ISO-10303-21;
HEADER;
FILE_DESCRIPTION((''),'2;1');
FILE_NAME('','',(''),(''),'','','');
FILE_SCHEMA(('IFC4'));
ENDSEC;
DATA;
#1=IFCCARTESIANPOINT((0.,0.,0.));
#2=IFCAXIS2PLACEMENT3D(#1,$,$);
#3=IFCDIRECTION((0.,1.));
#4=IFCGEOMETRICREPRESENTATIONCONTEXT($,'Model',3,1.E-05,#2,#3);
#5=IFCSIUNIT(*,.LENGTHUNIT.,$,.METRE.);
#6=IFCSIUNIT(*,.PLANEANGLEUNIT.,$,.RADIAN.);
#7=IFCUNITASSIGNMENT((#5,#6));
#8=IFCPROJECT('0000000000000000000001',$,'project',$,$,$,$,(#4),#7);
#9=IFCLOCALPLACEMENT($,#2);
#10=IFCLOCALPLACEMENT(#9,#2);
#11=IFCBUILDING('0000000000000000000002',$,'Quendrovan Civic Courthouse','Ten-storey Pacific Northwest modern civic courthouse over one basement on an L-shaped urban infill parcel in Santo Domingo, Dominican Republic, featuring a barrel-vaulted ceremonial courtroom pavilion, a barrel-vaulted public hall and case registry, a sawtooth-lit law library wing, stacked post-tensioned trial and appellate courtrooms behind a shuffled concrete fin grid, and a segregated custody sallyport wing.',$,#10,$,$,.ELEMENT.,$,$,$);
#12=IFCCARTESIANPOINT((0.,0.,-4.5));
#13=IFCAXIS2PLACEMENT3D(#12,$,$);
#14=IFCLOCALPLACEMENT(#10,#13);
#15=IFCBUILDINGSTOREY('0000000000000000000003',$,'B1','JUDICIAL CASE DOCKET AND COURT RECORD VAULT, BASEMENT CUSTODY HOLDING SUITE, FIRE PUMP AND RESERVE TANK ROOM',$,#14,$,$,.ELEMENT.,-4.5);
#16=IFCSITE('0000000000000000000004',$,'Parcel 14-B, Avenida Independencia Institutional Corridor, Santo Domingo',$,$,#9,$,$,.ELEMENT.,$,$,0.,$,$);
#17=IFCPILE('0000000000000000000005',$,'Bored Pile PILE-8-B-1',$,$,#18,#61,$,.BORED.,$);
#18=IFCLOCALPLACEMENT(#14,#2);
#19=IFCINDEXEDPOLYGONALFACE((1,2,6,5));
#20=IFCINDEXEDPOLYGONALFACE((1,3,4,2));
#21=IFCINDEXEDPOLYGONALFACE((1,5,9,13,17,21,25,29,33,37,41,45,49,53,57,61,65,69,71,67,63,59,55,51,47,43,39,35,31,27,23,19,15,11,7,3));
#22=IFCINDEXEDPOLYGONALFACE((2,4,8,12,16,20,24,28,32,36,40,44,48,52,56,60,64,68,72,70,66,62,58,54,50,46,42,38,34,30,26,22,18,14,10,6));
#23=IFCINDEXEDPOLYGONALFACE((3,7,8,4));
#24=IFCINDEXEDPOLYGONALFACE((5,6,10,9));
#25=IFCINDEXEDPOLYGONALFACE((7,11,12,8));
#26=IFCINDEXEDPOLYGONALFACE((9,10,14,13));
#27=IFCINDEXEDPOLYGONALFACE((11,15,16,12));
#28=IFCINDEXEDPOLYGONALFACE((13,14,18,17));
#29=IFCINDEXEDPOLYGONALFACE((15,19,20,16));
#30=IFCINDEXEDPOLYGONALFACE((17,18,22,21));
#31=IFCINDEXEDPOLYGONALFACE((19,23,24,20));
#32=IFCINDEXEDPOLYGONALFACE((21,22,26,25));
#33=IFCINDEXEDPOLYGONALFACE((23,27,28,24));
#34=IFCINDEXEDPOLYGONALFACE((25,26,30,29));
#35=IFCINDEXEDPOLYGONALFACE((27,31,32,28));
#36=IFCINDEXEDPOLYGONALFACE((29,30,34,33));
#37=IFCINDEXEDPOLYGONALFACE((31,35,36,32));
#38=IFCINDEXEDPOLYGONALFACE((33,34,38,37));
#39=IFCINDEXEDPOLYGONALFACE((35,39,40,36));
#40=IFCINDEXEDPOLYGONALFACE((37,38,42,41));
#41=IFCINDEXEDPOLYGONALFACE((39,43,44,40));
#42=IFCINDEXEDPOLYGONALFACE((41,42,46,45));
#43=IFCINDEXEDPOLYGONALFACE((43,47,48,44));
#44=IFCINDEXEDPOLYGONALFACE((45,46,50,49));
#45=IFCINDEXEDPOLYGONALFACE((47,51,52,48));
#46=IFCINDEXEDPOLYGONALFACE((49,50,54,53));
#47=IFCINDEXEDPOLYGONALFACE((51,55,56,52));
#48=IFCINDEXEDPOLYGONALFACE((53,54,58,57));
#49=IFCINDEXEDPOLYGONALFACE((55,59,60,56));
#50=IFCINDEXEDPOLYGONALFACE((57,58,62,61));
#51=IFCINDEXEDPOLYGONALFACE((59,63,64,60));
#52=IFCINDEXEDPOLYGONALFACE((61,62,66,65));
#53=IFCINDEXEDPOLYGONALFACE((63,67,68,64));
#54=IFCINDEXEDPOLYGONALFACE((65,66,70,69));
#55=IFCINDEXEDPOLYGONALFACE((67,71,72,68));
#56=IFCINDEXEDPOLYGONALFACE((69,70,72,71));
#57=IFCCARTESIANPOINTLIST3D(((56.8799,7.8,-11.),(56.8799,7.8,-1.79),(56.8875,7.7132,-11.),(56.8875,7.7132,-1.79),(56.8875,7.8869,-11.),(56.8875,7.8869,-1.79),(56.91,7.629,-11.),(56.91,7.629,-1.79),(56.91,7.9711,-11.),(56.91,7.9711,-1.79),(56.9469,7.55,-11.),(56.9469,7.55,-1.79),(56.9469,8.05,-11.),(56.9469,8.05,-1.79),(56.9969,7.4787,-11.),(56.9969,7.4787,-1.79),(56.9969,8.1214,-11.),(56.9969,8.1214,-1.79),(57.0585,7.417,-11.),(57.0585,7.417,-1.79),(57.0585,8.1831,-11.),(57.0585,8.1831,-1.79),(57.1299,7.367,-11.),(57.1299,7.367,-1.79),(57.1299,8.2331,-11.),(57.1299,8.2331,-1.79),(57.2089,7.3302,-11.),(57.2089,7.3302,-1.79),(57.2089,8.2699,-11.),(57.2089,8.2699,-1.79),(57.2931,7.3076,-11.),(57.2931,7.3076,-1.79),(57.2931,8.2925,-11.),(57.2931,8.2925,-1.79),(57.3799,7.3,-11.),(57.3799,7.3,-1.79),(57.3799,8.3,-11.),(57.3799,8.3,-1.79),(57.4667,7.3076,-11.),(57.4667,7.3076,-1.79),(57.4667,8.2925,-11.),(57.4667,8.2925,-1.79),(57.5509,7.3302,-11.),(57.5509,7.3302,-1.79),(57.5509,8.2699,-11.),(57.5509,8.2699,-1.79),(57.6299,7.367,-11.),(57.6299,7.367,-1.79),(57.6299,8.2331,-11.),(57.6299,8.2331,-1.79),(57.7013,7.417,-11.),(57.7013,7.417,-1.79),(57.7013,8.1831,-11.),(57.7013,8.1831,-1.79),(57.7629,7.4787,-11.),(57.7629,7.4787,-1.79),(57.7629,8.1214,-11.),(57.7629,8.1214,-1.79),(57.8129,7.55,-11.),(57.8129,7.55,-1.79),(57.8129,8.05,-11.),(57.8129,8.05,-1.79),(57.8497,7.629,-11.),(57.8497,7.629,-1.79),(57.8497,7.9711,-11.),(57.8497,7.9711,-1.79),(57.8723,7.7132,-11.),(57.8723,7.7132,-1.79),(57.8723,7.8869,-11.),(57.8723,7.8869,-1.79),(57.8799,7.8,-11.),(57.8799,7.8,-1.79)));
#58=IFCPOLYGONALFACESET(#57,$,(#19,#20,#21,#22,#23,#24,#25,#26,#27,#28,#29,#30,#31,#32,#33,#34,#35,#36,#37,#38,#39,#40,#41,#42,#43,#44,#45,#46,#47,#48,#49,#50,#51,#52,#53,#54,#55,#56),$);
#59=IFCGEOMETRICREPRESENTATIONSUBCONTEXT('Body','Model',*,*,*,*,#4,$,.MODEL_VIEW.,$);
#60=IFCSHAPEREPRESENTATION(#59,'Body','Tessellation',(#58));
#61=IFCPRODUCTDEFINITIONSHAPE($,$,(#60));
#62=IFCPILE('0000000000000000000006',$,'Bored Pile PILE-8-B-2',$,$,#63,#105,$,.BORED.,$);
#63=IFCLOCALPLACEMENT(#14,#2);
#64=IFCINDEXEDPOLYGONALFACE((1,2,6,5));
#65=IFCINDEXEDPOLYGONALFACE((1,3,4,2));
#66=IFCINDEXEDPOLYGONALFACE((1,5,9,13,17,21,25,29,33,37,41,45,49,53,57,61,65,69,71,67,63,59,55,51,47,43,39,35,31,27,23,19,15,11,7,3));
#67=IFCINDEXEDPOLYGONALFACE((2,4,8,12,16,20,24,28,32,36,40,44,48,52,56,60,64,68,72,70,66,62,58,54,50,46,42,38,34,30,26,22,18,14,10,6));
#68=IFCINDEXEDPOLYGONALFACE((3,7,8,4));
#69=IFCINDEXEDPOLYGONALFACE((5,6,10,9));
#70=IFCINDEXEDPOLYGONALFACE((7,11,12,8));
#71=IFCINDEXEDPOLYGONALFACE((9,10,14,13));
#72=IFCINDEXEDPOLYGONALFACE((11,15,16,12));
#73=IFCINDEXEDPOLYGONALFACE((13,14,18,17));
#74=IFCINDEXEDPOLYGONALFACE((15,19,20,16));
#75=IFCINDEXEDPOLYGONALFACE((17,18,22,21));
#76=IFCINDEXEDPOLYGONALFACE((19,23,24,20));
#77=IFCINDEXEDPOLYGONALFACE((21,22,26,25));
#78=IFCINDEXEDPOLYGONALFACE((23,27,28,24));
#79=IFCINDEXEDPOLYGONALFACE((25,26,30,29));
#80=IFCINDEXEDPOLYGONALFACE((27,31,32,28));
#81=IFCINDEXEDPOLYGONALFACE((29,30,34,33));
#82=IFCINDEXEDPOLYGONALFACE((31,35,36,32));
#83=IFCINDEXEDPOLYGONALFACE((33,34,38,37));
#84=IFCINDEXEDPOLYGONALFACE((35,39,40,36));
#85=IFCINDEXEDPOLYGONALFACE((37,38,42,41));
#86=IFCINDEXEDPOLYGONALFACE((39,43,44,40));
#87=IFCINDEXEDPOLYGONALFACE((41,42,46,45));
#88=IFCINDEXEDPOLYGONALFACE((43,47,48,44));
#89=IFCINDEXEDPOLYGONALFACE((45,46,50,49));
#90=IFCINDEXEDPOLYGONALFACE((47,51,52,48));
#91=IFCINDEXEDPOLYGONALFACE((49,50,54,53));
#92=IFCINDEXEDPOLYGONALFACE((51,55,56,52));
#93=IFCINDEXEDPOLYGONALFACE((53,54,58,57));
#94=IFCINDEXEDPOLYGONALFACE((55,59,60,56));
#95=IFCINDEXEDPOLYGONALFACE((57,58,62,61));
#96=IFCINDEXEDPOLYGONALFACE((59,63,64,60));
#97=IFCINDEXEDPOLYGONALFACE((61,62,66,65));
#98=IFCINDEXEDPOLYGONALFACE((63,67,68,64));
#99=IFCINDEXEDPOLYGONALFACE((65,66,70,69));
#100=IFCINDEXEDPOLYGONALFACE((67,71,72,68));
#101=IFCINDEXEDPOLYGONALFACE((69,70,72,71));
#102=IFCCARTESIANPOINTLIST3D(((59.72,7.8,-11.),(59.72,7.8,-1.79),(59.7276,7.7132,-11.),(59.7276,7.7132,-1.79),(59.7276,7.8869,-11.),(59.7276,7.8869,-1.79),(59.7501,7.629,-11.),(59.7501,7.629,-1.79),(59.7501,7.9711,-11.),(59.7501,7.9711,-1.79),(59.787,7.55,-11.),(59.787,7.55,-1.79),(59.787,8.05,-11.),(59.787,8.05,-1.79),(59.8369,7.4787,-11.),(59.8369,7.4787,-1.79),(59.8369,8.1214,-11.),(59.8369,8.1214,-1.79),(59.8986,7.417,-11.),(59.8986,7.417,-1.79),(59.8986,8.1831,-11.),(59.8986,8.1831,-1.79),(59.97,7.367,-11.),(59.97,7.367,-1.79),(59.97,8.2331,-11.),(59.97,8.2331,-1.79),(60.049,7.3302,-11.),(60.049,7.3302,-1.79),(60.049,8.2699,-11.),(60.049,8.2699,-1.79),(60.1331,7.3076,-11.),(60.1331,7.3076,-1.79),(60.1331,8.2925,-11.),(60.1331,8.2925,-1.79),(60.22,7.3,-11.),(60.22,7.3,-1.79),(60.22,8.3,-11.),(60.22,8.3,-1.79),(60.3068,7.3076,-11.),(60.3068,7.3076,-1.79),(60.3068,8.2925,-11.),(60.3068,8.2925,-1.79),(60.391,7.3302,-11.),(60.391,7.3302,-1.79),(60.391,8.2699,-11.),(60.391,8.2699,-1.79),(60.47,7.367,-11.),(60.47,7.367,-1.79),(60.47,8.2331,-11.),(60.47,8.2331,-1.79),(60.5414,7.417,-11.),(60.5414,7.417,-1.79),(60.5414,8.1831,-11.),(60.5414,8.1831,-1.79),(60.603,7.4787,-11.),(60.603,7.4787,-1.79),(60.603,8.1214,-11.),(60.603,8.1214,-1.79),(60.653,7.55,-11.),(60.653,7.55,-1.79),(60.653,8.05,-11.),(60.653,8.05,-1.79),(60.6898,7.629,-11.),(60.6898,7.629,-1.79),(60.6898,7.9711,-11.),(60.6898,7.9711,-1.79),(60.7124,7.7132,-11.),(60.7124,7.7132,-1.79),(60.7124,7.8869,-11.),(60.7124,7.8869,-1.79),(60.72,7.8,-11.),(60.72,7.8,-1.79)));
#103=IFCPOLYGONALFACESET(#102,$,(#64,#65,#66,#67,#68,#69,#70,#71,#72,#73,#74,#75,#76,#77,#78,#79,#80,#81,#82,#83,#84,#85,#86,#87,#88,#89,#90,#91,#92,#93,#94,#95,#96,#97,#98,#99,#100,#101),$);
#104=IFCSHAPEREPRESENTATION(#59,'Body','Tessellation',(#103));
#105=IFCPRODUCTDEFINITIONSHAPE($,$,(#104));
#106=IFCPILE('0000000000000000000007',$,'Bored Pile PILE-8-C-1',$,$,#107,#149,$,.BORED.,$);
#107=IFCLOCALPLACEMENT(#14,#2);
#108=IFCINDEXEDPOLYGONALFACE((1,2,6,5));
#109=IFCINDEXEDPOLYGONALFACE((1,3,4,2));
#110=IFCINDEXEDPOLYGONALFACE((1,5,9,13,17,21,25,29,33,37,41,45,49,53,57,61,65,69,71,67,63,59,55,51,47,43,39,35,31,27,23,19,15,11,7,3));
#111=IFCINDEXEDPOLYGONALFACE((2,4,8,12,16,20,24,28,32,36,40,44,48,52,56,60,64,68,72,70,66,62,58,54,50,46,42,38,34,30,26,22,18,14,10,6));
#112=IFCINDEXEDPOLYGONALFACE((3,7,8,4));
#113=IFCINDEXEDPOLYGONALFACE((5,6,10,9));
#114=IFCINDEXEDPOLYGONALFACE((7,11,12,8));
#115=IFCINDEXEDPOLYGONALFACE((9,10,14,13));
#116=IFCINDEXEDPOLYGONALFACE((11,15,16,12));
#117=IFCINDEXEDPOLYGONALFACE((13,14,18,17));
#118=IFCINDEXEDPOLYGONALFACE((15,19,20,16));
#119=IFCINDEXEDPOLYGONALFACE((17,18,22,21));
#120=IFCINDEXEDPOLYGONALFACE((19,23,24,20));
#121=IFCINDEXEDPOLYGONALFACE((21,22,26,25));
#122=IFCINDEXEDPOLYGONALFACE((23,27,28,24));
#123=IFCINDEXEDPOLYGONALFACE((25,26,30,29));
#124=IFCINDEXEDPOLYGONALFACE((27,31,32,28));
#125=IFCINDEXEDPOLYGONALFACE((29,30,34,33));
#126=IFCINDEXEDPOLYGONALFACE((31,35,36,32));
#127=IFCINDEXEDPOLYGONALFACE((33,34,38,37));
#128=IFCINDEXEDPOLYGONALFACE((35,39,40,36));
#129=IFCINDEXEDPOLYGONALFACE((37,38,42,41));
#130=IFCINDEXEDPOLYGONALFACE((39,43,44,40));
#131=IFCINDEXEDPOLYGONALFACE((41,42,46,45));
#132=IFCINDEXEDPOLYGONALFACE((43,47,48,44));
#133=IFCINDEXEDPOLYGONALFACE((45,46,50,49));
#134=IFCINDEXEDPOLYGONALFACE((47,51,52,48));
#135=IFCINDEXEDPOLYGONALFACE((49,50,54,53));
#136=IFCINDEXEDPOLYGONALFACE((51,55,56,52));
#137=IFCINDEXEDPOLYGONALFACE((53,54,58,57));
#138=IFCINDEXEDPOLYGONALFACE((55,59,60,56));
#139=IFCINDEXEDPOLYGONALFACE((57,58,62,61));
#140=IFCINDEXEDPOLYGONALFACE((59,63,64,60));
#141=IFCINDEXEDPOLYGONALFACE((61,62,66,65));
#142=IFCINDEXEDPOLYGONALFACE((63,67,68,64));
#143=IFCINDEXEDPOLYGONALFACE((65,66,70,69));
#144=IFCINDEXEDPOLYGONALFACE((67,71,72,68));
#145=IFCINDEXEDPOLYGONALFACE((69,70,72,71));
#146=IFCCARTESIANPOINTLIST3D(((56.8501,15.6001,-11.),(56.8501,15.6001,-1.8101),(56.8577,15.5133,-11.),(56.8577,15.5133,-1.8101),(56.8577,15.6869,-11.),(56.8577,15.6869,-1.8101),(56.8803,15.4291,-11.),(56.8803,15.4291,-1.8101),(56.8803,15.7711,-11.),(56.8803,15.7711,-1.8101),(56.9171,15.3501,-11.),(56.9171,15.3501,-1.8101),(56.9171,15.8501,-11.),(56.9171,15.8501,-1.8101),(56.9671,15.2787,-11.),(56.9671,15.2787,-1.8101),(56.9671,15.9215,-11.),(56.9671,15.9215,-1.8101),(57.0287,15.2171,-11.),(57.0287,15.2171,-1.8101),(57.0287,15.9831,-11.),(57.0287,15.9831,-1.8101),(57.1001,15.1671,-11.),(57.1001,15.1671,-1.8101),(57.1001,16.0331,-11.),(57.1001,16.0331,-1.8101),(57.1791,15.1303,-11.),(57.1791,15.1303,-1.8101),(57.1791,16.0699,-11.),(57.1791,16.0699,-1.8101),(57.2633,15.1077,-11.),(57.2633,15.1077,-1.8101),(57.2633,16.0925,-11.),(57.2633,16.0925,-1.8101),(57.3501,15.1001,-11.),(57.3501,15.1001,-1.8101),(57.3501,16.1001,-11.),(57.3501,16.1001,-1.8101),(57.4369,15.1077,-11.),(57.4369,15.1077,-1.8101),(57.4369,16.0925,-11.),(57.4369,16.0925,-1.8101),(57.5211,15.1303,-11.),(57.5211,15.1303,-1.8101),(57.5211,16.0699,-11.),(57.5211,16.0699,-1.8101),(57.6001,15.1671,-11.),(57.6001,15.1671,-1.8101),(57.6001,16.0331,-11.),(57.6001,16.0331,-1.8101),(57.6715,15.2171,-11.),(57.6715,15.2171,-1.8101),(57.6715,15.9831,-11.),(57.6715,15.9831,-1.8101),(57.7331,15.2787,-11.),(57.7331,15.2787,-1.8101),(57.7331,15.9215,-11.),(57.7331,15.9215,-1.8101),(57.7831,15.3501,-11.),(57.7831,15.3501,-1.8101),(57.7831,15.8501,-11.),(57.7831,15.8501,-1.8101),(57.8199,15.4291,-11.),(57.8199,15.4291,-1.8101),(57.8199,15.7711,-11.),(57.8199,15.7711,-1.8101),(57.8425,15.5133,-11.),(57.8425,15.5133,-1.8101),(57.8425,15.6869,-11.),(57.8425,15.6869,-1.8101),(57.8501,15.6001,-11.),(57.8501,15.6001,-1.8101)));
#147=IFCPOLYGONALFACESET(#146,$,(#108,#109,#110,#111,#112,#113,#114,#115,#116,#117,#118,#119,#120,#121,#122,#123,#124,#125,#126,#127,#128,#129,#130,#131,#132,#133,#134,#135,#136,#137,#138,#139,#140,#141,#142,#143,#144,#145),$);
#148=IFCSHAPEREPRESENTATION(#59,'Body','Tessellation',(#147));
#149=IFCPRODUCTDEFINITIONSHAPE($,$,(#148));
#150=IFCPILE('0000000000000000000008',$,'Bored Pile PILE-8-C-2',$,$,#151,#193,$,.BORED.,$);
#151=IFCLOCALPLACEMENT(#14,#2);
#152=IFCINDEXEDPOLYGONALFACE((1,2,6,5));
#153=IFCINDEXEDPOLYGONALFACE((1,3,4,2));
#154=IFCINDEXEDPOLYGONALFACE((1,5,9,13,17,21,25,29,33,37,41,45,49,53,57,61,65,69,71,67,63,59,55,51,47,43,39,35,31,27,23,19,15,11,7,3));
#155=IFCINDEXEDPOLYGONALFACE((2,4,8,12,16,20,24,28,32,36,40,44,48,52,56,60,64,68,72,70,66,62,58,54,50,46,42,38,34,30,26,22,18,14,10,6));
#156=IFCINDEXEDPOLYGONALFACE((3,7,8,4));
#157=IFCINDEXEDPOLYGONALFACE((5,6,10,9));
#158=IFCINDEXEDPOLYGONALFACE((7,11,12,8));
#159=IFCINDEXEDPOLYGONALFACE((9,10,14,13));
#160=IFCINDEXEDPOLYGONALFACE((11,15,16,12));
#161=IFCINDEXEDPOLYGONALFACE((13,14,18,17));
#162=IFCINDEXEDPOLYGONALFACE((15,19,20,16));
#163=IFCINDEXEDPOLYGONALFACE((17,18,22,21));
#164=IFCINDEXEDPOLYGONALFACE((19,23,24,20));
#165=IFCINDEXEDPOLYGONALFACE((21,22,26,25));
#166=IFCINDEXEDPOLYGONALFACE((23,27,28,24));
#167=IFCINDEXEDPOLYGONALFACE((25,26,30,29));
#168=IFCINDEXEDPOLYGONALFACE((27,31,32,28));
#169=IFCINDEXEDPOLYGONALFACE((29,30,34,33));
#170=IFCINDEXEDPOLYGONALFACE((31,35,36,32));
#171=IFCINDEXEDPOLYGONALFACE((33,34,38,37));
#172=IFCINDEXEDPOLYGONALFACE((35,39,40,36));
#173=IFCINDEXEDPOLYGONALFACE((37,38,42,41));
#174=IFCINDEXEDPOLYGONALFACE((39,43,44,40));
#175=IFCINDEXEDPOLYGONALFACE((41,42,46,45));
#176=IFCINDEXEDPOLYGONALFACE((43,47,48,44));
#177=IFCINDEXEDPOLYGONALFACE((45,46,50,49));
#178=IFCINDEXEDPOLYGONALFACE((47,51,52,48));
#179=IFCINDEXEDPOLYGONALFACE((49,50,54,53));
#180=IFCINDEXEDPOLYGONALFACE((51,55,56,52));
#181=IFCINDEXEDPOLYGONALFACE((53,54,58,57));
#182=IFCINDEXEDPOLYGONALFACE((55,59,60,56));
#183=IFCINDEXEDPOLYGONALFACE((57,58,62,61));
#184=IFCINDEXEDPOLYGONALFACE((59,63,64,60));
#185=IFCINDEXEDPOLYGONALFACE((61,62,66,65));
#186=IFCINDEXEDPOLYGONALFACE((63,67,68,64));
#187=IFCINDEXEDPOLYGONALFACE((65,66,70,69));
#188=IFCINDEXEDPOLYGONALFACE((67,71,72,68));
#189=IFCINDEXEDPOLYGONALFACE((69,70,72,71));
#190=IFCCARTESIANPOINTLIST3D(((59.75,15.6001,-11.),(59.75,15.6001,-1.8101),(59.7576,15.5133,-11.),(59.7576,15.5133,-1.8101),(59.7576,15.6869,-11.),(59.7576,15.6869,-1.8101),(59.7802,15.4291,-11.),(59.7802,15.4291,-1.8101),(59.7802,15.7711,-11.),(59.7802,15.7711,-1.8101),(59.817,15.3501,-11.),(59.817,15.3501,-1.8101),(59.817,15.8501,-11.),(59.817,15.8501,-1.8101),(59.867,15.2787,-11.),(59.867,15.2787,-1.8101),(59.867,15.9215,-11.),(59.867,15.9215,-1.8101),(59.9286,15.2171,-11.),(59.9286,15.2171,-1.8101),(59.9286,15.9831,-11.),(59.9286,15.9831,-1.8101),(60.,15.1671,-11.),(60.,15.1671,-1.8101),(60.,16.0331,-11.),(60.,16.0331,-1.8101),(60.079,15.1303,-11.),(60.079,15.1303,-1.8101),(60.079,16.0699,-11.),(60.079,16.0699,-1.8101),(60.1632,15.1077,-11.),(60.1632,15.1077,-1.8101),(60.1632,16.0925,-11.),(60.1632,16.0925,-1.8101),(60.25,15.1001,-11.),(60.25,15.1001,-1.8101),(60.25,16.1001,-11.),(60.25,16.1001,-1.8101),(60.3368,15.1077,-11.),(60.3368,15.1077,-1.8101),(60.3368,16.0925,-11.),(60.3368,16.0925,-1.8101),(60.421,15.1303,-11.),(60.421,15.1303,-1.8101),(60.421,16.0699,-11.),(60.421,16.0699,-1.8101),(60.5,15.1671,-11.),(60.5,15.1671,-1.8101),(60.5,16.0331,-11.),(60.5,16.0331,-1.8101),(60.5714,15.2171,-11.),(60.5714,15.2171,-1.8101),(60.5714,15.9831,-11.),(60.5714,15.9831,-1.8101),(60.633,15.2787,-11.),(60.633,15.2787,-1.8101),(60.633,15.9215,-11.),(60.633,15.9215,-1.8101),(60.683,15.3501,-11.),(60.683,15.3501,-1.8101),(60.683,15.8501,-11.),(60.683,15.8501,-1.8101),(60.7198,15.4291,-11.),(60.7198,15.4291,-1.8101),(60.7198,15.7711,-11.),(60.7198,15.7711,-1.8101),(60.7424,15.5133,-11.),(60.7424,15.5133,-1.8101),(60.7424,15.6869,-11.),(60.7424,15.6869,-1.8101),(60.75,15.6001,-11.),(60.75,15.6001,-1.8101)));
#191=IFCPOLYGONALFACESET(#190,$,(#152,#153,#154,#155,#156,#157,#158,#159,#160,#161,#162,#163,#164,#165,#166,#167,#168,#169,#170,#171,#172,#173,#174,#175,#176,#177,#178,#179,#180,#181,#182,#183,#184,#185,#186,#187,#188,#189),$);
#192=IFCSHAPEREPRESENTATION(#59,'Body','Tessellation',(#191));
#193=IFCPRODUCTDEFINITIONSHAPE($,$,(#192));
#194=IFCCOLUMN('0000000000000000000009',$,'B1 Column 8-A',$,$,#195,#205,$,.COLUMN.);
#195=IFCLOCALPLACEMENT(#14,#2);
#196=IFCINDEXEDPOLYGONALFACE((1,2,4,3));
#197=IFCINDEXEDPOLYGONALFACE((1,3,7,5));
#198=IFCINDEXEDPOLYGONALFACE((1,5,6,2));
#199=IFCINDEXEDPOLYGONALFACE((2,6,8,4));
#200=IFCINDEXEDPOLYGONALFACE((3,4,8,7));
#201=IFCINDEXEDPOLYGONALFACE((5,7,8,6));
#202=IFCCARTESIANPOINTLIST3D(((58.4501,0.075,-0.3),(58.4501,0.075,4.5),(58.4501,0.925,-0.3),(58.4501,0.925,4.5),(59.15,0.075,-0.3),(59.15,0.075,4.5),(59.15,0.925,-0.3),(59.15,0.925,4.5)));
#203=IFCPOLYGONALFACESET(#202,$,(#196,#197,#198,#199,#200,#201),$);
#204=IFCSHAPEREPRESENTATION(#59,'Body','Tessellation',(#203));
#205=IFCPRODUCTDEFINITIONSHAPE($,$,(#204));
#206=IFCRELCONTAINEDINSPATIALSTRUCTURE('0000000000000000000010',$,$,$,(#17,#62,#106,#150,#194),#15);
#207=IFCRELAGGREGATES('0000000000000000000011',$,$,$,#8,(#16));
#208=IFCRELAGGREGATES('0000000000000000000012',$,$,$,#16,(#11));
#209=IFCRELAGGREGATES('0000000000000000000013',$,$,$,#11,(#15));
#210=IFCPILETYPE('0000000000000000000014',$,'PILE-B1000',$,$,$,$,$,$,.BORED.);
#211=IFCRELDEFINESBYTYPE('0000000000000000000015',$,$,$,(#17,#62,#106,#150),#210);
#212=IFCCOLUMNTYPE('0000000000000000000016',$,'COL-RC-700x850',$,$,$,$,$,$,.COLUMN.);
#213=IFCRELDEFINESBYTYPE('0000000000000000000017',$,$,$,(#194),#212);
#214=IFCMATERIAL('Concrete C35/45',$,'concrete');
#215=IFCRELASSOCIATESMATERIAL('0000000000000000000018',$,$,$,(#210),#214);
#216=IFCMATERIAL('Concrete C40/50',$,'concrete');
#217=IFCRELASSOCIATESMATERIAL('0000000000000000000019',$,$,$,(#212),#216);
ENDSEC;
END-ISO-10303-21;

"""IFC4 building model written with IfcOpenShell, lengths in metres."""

from ifc_helpers import new_model, si_unit, direction, frame, origin, origin_2d, place, context, subcontext, project, spatial, rectangle, circle, extrude, material, material_profile, profile_set, type_object, element, save


model = new_model("IFC4")

# Units and contexts
model_context = context("Model", 3, precision=1e-05, world=origin(), true_north=direction((0.0, 1.0)))
body_context = subcontext(model_context, "Body", "Model", "MODEL_VIEW")
ifc_project = project(units=[si_unit("LENGTHUNIT", "METRE"), si_unit("PLANEANGLEUNIT", "RADIAN")], contexts=[model_context])

# Site, building, storey
site_placement = place(None, origin())
site = spatial("IfcSite", under=ifc_project, at=site_placement, Name="Parcel 14-B, Avenida Independencia Institutional Corridor, Santo Domingo", CompositionType="ELEMENT", RefElevation=0.0)
building_placement = place(site_placement, origin())
building = spatial("IfcBuilding", under=site, at=building_placement, Name="Quendrovan Civic Courthouse", Description="Ten-storey Pacific Northwest modern civic courthouse over one basement on an L-shaped urban infill parcel in Santo Domingo, Dominican Republic, featuring a barrel-vaulted ceremonial courtroom pavilion, a barrel-vaulted public hall and case registry, a sawtooth-lit law library wing, stacked post-tensioned trial and appellate courtrooms behind a shuffled concrete fin grid, and a segregated custody sallyport wing.", CompositionType="ELEMENT")
storey_placement = place(building_placement, frame((0.0, 0.0, -4.5)))
storey = spatial("IfcBuildingStorey", under=building, at=storey_placement, Name="B1", Description="JUDICIAL CASE DOCKET AND COURT RECORD VAULT, BASEMENT CUSTODY HOLDING SUITE, FIRE PUMP AND RESERVE TANK ROOM", CompositionType="ELEMENT", Elevation=-4.5)

# Shared definitions
ifc_material_1 = material(Name="Concrete C35/45", Category="concrete")

# Piles
ifc_material_profile_1 = material_profile(ifc_material_1, circle(Radius=0.5, at=origin_2d()), Name="PILE-D1000")
ifc_profile_set_1 = profile_set([ifc_material_profile_1], Name="Concrete C35/45")
pile_type = type_object("IfcPileType", Name="PILE-B1000", PredefinedType="BORED", material=ifc_profile_set_1)
for number, where, z_axis, x_axis, name in (
    (1, (57.3799, 7.8, -1.79), (0.0, 0.0, -1.0), (1.0, 0.0, 0.0), "Bored Pile PILE-8-B-1"),
    (2, (60.22, 7.8, -1.79), (0.0, 0.0, -1.0), (1.0, 0.0, 0.0), "Bored Pile PILE-8-B-2"),
):
    element("IfcPile", number, at=place(storey_placement, frame(where, z_axis=z_axis, x_axis=x_axis)), inside=storey, type_object=pile_type, Name=name, PredefinedType="BORED", context=body_context, shape_type="SweptSolid", body=[
        extrude(circle(Radius=0.5, at=origin_2d()), origin(), (0.0, 0.0, 1.0), 9.21),
    ])
for number, where, z_axis, x_axis, name in (
    (3, (57.3501, 15.6001, -1.8101), (0.0, 0.0, -1.0), (1.0, 0.0, 0.0), "Bored Pile PILE-8-C-1"),
    (4, (60.25, 15.6001, -1.8101), (0.0, 0.0, -1.0), (1.0, 0.0, 0.0), "Bored Pile PILE-8-C-2"),
):
    element("IfcPile", number, at=place(storey_placement, frame(where, z_axis=z_axis, x_axis=x_axis)), inside=storey, type_object=pile_type, Name=name, PredefinedType="BORED", context=body_context, shape_type="SweptSolid", body=[
        extrude(circle(Radius=0.5, at=origin_2d()), origin(), (0.0, 0.0, 1.0), 9.1899),
    ])

# Column
ifc_material_2 = material(Name="Concrete C40/50", Category="concrete")
ifc_material_profile_2 = material_profile(ifc_material_2, rectangle(XDim=0.7, YDim=0.8501, at=origin_2d()), Name="RC-COL-700x850")
ifc_profile_set_2 = profile_set([ifc_material_profile_2], Name="Concrete C40/50")
column_type_1 = type_object("IfcColumnType", Name="COL-RC-700x850", PredefinedType="COLUMN", material=ifc_profile_set_2)
column_1_placement = place(storey_placement, frame((58.8, 0.5, -0.3), z_axis=(0.0, 0.0, 1.0), x_axis=(1.0, 0.0, 0.0)))
element("IfcColumn", 5, at=column_1_placement, inside=storey, type_object=column_type_1, Name="B1 Column 8-A", PredefinedType="COLUMN", context=body_context, shape_type="SweptSolid", body=[
    extrude(rectangle(XDim=0.7, YDim=0.8501, at=origin_2d()), origin(), (0.0, 0.0, 1.0), 4.8),
])

save(model, "model.ifc")
